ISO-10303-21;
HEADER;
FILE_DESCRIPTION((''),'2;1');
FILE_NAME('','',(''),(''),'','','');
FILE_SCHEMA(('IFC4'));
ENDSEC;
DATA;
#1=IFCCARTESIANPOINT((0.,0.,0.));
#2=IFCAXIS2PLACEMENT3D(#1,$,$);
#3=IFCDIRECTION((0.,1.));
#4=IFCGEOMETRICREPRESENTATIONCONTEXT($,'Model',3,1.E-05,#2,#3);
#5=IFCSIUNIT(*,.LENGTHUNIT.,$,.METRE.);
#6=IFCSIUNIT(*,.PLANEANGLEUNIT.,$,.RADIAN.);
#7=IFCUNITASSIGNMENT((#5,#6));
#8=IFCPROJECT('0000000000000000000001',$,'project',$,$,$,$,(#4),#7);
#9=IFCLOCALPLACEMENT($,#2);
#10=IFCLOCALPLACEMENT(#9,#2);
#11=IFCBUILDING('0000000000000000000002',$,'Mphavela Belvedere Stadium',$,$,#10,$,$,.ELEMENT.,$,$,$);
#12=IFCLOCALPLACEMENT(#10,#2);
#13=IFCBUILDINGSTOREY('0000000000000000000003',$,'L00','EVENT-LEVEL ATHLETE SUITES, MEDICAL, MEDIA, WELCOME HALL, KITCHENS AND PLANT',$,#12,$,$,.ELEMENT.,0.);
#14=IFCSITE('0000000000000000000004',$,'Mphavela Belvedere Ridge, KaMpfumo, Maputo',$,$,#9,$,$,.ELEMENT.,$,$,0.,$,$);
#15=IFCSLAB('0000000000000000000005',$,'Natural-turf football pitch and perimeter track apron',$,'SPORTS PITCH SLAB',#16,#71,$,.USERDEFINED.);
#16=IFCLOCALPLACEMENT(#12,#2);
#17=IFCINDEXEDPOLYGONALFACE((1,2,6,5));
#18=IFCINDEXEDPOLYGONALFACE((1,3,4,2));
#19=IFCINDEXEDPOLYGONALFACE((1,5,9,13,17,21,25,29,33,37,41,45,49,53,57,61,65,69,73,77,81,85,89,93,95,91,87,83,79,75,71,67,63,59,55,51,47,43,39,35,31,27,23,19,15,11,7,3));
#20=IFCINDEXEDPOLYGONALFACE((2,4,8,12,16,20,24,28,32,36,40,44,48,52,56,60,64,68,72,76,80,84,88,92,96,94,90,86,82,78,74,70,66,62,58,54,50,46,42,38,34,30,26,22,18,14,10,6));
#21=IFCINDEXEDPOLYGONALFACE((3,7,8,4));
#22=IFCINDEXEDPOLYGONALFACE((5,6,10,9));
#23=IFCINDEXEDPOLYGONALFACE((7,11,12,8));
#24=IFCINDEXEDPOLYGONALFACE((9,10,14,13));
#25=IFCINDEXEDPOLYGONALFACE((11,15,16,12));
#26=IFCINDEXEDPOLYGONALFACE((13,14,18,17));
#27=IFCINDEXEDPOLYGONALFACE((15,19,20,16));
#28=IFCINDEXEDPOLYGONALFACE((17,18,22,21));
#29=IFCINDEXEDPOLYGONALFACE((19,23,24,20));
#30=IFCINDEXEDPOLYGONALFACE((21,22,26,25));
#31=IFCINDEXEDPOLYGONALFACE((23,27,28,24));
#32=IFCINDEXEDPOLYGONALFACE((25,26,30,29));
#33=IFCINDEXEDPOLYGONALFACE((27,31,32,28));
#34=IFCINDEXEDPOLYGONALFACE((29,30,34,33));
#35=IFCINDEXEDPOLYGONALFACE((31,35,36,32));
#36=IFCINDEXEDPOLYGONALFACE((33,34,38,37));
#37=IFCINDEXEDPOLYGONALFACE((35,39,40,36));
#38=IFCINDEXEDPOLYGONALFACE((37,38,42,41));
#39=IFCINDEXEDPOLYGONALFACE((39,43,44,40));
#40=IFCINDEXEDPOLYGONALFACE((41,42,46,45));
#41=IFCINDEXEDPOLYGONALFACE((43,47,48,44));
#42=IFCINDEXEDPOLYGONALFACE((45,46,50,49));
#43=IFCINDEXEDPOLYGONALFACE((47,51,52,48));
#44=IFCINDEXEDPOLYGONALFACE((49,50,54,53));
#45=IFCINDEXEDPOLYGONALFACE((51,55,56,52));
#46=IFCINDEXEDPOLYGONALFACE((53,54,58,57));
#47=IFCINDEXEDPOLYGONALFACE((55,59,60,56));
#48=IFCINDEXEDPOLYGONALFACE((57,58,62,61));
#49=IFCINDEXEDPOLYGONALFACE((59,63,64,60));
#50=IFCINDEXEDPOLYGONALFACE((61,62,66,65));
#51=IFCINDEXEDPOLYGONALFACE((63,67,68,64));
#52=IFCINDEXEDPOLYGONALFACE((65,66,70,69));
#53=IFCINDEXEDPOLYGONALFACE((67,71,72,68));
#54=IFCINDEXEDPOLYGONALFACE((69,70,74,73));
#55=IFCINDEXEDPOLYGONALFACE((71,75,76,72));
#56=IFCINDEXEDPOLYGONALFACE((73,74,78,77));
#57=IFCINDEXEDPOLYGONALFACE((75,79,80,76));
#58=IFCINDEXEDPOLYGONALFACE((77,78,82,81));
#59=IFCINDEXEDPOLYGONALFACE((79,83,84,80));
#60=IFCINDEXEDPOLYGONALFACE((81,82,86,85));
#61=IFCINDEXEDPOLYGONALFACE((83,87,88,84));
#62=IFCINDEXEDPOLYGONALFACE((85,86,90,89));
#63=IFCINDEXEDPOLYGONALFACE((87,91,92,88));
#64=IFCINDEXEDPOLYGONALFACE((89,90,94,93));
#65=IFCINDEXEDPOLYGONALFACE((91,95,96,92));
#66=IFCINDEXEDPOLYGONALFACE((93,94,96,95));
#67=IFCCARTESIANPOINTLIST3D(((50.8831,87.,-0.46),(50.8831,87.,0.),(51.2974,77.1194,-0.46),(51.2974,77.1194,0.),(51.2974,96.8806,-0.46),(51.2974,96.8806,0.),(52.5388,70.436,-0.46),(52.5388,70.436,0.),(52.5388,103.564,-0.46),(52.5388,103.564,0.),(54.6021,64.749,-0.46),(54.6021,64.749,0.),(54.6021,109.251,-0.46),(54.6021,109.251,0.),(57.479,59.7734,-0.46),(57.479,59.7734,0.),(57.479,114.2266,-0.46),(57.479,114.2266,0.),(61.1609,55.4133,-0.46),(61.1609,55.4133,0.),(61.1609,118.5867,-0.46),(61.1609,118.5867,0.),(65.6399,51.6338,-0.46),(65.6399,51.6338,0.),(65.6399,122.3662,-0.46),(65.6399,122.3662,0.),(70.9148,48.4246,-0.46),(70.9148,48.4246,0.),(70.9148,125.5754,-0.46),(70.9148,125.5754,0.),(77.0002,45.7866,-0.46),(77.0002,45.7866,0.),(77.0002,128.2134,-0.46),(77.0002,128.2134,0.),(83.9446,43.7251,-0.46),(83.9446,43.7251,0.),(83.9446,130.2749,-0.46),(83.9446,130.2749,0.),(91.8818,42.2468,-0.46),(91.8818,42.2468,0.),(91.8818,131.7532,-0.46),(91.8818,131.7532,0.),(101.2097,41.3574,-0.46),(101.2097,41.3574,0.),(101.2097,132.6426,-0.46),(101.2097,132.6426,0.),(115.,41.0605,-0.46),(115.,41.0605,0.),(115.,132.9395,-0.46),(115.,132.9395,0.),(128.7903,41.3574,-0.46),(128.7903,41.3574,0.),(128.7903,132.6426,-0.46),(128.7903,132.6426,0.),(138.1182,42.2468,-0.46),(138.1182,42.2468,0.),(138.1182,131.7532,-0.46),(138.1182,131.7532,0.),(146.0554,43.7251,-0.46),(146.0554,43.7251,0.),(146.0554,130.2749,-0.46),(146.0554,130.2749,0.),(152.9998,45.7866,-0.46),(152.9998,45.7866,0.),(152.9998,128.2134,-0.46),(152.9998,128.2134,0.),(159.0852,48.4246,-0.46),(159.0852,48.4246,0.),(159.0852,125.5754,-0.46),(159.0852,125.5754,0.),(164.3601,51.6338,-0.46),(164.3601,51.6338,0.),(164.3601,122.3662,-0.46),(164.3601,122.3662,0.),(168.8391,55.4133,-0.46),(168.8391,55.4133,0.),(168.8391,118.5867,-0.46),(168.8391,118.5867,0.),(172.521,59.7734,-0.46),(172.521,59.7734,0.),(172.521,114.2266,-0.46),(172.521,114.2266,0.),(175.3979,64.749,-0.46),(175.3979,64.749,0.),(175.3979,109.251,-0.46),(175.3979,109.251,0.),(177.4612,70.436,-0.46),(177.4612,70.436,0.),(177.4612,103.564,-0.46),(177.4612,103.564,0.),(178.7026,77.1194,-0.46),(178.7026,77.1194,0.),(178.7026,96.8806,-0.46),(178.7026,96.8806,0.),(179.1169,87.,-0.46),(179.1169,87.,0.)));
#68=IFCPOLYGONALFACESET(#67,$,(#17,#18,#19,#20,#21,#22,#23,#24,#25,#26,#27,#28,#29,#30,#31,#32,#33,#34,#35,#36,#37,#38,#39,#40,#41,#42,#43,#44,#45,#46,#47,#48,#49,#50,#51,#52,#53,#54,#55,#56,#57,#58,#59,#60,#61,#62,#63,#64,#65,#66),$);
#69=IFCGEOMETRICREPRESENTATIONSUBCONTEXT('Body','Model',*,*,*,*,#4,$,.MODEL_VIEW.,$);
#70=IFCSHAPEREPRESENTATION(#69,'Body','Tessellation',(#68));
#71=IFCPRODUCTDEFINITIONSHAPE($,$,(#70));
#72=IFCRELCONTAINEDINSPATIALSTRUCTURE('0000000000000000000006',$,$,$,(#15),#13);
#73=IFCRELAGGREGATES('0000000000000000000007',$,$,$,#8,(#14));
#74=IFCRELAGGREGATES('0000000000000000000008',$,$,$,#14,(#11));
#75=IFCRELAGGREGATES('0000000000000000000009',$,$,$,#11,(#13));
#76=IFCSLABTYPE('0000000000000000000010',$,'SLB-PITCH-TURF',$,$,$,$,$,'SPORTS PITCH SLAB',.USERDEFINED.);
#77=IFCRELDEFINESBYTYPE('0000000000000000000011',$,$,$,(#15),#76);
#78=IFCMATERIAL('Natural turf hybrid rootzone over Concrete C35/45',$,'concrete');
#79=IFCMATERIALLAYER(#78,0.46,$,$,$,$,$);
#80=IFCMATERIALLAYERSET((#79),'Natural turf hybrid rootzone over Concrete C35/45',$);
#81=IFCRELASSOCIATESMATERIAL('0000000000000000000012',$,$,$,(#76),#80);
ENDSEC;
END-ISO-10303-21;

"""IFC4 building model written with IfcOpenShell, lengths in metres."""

from ifc_helpers import new_model, si_unit, direction, frame, origin, place, context, subcontext, project, spatial, polyline, outline, extrude, material, layer, layer_set, type_object, element, save


model = new_model("IFC4")

# Units and contexts
model_context = context("Model", 3, precision=1e-05, world=origin(), true_north=direction((0.0, 1.0)))
body_context = subcontext(model_context, "Body", "Model", "MODEL_VIEW")
ifc_project = project(units=[si_unit("LENGTHUNIT", "METRE"), si_unit("PLANEANGLEUNIT", "RADIAN")], contexts=[model_context])

# Site, building, storey
site_placement = place(None, origin())
site = spatial("IfcSite", under=ifc_project, at=site_placement, Name="Mphavela Belvedere Ridge, KaMpfumo, Maputo", CompositionType="ELEMENT", RefElevation=0.0)
building_placement = place(site_placement, origin())
building = spatial("IfcBuilding", under=site, at=building_placement, Name="Mphavela Belvedere Stadium", CompositionType="ELEMENT")
storey_placement = place(building_placement, origin())
storey = spatial("IfcBuildingStorey", under=building, at=storey_placement, Name="L00", Description="EVENT-LEVEL ATHLETE SUITES, MEDICAL, MEDIA, WELCOME HALL, KITCHENS AND PLANT", CompositionType="ELEMENT", Elevation=0.0)

# Slab
ifc_material_1 = material(Name="Natural turf hybrid rootzone over Concrete C35/45", Category="concrete")
ifc_layer_1 = layer(ifc_material_1, 0.46)
ifc_layer_set_1 = layer_set([ifc_layer_1], Name="Natural turf hybrid rootzone over Concrete C35/45")
slab_type_1 = type_object("IfcSlabType", Name="SLB-PITCH-TURF", ElementType="SPORTS PITCH SLAB", PredefinedType="USERDEFINED", material=ifc_layer_set_1)
slab_1_placement = place(storey_placement, frame((0.0, 0.0, -0.46)))
element("IfcSlab", 1, at=slab_1_placement, inside=storey, type_object=slab_type_1, Name="Natural-turf football pitch and perimeter track apron", ObjectType="SPORTS PITCH SLAB", PredefinedType="USERDEFINED", context=body_context, shape_type="SweptSolid", body=[
    extrude(outline(polyline([(179.1169, 87.0), (178.7026, 96.8806), (177.4612, 103.564), (175.3979, 109.251), (172.521, 114.2266), (168.8391, 118.5867), (164.3601, 122.3662), (159.0852, 125.5754), (152.9998, 128.2134), (146.0554, 130.2749), (138.1182, 131.7532), (128.7903, 132.6426), (115.0, 132.9395), (101.2097, 132.6426), (91.8818, 131.7532), (83.9446, 130.2749), (77.0002, 128.2134), (70.9148, 125.5754), (65.6399, 122.3662), (61.1609, 118.5867), (57.479, 114.2266), (54.6021, 109.251), (52.5388, 103.564), (51.2974, 96.8806), (50.8831, 87.0), (51.2974, 77.1194), (52.5388, 70.436), (54.6021, 64.749), (57.479, 59.7734), (61.1609, 55.4133), (65.6399, 51.6338), (70.9148, 48.4246), (77.0002, 45.7866), (83.9446, 43.7251), (91.8818, 42.2468), (101.2097, 41.3574), (115.0, 41.0605), (128.7903, 41.3574), (138.1182, 42.2468), (146.0554, 43.7251), (152.9998, 45.7866), (159.0852, 48.4246), (164.3601, 51.6338), (168.8391, 55.4133), (172.521, 59.7734), (175.3979, 64.749), (177.4612, 70.436), (178.7026, 77.1194), (179.1169, 87.0)])), origin(), (0.0, 0.0, 1.0), 0.46),
])

save(model, "model.ifc")
